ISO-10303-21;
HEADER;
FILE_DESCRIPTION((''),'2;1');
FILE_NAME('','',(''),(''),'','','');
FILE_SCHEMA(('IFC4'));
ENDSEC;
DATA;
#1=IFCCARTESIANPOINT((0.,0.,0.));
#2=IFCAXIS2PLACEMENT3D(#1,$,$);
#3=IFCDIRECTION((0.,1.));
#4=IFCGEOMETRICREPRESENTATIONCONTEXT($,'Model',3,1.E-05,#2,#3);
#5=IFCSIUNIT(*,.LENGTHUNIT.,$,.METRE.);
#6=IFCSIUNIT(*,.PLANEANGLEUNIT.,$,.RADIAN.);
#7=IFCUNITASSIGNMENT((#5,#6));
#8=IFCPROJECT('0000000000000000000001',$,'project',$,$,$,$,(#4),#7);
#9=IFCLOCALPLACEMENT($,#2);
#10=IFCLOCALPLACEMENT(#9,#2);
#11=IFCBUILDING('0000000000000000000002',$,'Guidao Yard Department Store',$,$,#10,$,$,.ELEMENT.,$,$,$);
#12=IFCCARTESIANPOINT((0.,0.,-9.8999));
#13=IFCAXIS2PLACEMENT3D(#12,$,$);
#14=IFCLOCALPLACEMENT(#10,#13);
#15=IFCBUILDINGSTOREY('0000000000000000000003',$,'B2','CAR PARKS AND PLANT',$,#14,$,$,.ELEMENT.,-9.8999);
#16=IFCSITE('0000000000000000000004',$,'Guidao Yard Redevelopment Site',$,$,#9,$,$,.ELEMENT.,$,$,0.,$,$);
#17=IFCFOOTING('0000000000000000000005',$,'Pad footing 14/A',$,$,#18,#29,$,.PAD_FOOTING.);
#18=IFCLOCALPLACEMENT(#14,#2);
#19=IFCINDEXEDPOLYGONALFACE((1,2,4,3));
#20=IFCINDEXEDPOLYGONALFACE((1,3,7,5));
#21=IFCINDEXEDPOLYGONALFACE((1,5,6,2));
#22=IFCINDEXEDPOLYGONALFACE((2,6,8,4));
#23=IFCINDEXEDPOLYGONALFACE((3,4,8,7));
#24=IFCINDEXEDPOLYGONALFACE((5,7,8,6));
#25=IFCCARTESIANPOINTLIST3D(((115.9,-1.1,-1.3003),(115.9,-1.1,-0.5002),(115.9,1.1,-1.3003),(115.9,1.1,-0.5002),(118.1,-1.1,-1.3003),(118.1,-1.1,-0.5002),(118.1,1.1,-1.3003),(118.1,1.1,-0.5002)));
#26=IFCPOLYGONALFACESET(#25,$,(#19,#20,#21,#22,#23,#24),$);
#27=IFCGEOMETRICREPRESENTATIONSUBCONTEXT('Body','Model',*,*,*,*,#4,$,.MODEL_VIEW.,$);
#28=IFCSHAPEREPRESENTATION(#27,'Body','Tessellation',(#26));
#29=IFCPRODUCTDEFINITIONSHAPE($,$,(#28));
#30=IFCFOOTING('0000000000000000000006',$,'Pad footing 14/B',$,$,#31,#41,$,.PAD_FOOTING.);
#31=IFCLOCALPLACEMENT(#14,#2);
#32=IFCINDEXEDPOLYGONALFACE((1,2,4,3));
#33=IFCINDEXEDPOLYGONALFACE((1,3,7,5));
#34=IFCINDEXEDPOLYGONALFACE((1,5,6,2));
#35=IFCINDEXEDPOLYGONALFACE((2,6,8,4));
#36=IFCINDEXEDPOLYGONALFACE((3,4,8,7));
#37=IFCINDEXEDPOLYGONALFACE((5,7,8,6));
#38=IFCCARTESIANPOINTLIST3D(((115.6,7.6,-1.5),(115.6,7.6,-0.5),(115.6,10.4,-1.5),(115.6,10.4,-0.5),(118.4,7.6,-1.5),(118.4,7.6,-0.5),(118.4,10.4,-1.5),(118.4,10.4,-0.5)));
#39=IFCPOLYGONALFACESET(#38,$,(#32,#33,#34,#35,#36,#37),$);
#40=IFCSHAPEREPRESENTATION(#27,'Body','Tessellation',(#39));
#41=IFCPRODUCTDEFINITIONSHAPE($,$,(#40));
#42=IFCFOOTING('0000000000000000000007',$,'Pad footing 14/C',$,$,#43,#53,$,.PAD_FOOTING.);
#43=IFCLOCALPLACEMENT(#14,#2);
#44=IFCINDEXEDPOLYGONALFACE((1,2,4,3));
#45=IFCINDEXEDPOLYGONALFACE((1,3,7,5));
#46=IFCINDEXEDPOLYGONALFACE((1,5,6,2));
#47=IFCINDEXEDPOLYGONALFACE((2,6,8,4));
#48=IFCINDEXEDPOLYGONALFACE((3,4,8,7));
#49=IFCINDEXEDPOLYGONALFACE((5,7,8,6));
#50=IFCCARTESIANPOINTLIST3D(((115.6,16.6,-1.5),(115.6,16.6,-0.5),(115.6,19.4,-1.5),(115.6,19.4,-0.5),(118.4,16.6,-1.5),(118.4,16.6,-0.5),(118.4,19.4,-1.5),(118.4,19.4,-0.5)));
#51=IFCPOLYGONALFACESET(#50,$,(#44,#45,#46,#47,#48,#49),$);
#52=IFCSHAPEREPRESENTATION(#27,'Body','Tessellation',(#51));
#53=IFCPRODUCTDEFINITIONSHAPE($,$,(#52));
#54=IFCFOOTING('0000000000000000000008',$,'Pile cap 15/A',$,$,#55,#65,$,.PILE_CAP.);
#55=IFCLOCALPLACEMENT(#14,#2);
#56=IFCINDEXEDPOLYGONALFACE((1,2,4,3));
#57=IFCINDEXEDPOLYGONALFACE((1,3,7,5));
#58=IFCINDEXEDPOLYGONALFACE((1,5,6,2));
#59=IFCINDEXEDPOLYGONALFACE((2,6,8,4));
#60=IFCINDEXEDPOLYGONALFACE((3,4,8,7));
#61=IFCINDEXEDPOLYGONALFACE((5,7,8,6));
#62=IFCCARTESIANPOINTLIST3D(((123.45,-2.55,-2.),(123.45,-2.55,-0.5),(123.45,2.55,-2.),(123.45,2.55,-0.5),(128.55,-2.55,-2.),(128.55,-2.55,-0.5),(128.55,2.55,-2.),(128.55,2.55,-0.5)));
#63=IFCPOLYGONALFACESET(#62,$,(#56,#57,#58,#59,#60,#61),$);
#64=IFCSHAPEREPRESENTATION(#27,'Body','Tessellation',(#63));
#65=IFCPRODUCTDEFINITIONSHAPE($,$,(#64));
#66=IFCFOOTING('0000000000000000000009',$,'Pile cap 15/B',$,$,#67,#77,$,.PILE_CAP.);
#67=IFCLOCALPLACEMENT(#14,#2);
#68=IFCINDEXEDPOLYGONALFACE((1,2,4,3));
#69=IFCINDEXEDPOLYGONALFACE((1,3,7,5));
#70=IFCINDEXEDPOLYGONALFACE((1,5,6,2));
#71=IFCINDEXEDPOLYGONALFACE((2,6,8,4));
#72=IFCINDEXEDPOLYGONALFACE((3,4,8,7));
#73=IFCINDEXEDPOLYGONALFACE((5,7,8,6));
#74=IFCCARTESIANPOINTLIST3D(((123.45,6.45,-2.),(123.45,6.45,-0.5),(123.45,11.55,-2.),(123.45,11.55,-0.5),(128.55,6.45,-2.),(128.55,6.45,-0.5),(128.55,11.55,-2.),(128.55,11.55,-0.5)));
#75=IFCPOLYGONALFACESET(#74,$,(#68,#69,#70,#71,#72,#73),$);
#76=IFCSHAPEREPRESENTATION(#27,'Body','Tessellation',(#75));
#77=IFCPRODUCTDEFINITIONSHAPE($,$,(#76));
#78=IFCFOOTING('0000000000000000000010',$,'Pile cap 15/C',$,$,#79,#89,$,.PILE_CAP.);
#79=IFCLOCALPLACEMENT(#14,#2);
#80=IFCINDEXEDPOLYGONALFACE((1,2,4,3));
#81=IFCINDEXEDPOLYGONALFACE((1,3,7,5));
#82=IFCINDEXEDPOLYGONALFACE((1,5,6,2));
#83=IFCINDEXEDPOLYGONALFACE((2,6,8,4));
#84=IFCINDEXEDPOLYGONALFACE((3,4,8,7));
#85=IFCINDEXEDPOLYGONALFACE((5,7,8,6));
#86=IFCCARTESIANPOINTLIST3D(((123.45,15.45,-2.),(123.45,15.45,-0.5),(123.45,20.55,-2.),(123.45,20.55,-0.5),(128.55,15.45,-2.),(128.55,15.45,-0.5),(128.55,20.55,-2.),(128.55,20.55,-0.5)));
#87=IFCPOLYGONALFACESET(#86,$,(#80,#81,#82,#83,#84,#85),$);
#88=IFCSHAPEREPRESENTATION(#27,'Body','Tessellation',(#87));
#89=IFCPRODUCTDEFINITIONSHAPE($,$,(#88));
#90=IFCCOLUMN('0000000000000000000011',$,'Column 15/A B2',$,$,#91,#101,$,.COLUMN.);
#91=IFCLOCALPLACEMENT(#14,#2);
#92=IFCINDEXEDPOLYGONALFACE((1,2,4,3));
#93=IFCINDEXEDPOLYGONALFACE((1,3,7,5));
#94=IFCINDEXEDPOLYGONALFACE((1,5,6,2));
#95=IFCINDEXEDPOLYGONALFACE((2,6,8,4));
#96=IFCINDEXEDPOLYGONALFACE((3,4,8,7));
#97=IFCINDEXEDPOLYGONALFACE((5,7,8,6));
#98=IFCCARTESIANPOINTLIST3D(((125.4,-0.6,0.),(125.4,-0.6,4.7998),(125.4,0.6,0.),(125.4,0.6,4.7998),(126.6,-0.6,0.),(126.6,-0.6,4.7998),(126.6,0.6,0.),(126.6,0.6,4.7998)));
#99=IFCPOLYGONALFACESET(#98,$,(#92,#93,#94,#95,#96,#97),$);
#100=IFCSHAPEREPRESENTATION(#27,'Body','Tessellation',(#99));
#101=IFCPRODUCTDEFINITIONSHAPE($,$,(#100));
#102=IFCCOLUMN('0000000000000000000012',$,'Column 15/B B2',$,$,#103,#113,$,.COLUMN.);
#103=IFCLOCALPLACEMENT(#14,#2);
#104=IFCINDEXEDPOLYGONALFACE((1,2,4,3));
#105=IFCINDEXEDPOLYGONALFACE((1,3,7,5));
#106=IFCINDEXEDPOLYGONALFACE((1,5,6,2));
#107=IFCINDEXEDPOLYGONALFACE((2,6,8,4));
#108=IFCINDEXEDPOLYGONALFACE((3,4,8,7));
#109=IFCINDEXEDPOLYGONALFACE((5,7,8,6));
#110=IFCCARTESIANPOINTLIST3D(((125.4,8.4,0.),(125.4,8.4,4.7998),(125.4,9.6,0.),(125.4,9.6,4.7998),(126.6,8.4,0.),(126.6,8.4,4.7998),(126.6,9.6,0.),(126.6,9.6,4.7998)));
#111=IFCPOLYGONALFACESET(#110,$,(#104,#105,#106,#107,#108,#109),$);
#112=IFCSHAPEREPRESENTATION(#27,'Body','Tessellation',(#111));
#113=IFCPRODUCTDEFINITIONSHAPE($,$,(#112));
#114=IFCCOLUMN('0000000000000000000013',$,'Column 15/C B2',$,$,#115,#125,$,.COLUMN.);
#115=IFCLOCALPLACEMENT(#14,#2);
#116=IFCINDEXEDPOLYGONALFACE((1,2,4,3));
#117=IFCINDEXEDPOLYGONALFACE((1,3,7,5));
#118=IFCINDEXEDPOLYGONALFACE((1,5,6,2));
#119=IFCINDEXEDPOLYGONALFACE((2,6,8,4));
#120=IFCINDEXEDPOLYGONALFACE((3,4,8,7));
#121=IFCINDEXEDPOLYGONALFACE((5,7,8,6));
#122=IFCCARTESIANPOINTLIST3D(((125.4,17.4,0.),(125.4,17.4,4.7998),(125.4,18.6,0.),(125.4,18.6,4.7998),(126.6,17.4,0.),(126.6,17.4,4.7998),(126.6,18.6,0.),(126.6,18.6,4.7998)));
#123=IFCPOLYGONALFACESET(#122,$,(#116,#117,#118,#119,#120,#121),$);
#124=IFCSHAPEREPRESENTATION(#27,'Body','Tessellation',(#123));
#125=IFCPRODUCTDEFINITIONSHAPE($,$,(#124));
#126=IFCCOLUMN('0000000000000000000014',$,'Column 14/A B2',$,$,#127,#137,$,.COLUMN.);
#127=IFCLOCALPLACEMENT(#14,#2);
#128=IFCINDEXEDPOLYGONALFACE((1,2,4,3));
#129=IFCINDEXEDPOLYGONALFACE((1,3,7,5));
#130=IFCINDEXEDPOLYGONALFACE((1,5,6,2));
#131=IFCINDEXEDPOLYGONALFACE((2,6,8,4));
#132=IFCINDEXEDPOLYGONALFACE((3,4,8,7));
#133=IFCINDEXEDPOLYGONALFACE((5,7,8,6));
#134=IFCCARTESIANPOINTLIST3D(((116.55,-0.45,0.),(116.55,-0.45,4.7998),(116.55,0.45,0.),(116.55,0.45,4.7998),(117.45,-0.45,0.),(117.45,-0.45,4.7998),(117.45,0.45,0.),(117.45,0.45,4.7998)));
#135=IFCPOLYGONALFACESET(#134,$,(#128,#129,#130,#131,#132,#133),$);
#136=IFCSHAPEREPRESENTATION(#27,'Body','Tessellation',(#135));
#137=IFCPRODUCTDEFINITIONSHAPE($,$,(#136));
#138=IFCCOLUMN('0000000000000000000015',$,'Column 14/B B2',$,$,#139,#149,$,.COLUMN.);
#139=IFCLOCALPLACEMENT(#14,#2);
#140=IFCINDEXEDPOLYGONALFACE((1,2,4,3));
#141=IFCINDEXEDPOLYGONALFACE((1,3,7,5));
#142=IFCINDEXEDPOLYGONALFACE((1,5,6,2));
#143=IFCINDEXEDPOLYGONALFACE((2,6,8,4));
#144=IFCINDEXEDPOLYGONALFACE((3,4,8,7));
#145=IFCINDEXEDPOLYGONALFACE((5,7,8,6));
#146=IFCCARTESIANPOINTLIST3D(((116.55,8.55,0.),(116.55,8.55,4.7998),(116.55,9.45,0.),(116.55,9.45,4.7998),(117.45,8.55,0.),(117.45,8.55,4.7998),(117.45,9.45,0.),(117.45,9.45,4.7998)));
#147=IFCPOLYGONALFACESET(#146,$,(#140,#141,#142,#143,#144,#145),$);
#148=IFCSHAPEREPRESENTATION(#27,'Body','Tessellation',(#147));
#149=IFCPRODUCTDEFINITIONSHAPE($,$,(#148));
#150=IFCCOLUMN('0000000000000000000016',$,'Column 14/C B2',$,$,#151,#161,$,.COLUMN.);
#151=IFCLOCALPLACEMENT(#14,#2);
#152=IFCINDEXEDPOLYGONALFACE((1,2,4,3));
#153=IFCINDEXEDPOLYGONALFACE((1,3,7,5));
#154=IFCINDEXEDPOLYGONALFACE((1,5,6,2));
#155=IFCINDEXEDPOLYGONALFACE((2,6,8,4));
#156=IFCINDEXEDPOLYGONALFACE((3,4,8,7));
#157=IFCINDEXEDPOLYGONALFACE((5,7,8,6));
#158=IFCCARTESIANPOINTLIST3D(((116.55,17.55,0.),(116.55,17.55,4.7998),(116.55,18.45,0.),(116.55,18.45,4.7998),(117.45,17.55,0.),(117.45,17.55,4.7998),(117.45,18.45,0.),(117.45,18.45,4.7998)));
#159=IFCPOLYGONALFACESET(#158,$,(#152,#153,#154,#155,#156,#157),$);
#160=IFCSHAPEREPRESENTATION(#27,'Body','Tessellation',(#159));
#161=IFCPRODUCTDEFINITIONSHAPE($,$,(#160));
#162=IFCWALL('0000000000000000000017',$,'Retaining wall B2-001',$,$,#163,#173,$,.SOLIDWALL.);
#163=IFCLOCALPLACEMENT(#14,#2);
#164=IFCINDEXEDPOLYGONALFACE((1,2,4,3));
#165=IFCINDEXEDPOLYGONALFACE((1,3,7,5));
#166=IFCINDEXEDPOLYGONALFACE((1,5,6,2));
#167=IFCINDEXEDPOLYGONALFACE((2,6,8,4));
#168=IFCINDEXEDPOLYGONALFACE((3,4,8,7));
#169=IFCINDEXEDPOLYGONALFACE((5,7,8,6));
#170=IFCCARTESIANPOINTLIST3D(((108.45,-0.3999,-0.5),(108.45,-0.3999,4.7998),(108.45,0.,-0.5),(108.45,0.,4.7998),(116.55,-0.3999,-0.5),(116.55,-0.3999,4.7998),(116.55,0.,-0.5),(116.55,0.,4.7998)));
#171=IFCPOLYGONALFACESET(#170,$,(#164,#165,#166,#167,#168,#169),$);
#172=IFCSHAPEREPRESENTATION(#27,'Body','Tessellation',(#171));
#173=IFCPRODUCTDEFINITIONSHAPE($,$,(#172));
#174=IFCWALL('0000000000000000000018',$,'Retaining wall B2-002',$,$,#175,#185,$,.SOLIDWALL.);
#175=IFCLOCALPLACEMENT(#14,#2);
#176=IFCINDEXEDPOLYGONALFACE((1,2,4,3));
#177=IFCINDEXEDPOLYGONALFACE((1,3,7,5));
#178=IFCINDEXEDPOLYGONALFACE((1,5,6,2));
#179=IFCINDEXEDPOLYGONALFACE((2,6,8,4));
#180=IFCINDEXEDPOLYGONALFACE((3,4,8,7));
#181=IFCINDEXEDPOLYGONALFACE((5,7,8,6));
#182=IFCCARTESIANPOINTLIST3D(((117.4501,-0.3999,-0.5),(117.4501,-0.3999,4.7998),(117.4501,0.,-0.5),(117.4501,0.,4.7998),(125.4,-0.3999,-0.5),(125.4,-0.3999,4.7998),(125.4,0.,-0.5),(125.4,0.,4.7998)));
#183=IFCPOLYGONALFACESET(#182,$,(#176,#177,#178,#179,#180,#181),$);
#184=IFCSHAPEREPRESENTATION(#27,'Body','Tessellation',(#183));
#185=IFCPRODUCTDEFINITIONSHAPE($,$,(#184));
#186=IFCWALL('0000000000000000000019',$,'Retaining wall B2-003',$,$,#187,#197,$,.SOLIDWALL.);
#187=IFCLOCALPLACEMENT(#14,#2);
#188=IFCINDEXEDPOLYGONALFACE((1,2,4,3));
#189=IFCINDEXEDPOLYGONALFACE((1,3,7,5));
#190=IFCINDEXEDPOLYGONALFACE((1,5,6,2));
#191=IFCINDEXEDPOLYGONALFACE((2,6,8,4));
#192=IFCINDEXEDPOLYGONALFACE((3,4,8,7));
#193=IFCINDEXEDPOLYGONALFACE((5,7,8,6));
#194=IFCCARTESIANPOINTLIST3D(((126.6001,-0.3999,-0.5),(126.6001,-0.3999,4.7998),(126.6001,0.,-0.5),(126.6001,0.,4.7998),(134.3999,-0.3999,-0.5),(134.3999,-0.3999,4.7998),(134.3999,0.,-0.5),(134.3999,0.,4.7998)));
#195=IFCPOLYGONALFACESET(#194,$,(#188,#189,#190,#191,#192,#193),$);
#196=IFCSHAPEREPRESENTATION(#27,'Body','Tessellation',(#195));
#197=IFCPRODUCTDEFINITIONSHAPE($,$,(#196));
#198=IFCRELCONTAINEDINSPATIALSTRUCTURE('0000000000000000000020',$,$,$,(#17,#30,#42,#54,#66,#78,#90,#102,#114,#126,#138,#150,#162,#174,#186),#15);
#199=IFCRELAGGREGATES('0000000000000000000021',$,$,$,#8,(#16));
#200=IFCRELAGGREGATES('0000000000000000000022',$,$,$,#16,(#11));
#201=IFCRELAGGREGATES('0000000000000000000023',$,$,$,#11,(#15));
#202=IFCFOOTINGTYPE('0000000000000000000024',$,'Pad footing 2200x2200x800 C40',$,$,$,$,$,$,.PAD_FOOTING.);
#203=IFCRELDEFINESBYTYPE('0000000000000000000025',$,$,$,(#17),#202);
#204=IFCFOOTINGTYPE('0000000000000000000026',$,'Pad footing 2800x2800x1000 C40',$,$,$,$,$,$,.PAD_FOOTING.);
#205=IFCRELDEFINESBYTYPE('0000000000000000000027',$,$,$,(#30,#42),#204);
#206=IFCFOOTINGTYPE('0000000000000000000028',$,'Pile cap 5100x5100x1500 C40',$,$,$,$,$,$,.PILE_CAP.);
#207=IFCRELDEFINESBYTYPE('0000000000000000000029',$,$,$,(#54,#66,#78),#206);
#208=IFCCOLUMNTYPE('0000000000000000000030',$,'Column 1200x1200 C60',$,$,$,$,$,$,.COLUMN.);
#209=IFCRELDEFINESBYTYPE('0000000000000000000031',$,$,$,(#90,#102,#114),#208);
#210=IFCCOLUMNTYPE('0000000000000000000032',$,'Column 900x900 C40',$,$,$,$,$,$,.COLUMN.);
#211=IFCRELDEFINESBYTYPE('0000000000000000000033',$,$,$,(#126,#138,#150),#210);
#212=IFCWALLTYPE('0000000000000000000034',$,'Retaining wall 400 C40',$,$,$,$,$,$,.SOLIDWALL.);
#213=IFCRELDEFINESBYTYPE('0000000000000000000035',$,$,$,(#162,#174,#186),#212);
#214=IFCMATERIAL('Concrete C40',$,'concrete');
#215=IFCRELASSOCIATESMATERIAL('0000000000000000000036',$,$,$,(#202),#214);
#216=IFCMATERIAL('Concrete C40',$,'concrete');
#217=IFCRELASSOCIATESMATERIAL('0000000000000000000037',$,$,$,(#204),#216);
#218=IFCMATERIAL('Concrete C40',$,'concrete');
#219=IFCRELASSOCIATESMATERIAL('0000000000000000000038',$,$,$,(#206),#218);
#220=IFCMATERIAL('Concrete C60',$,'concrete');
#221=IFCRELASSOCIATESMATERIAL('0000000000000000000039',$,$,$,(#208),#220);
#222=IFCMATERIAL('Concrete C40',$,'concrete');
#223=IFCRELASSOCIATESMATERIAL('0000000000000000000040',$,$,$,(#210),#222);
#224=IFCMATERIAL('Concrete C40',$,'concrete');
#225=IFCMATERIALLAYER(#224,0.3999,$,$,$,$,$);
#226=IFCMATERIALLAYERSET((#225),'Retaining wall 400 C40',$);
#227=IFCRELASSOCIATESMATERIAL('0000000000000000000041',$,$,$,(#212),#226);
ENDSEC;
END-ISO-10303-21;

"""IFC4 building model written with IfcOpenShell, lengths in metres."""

from ifc_helpers import new_model, si_unit, direction, frame, frame_2d, origin, origin_2d, place, context, subcontext, project, spatial, rectangle, extrude, material, layer, layer_set, material_profile, profile_set, type_object, element, save


model = new_model("IFC4")

# Units and contexts
model_context = context("Model", 3, precision=1e-05, world=origin(), true_north=direction((0.0, 1.0)))
body_context = subcontext(model_context, "Body", "Model", "MODEL_VIEW")
ifc_project = project(units=[si_unit("LENGTHUNIT", "METRE"), si_unit("PLANEANGLEUNIT", "RADIAN")], contexts=[model_context])

# Site, building, storey
site_placement = place(None, origin())
site = spatial("IfcSite", under=ifc_project, at=site_placement, Name="Guidao Yard Redevelopment Site", CompositionType="ELEMENT", RefElevation=0.0)
building_placement = place(site_placement, origin())
building = spatial("IfcBuilding", under=site, at=building_placement, Name="Guidao Yard Department Store", CompositionType="ELEMENT")
storey_placement = place(building_placement, frame((0.0, 0.0, -9.8999)))
storey = spatial("IfcBuildingStorey", under=building, at=storey_placement, Name="B2", Description="CAR PARKS AND PLANT", CompositionType="ELEMENT", Elevation=-9.8999)

# Footings
ifc_material_1 = material(Name="Concrete C40", Category="concrete")
footing_type_1 = type_object("IfcFootingType", Name="Pad footing 2200x2200x800 C40", PredefinedType="PAD_FOOTING", material=ifc_material_1)
footing_placement = place(storey_placement, frame((117.0, 0.0, -1.3003), z_axis=(0.0, 0.0, 1.0), x_axis=(1.0, 0.0, 0.0)))
element("IfcFooting", 1, at=footing_placement, inside=storey, type_object=footing_type_1, Name="Pad footing 14/A", PredefinedType="PAD_FOOTING", context=body_context, shape_type="SweptSolid", body=[
    extrude(rectangle(XDim=2.2, YDim=2.2, at=origin_2d()), origin(), (0.0, 0.0, 1.0), 0.8),
])
ifc_material_2 = material(Name="Concrete C40", Category="concrete")
footing_type_2 = type_object("IfcFootingType", Name="Pad footing 2800x2800x1000 C40", PredefinedType="PAD_FOOTING", material=ifc_material_2)
for number, where, z_axis, x_axis, name in (
    (2, (117.0, 9.0, -1.5), (0.0, 0.0, 1.0), (1.0, 0.0, 0.0), "Pad footing 14/B"),
    (3, (117.0, 18.0, -1.5), (0.0, 0.0, 1.0), (1.0, 0.0, 0.0), "Pad footing 14/C"),
):
    element("IfcFooting", number, at=place(storey_placement, frame(where, z_axis=z_axis, x_axis=x_axis)), inside=storey, type_object=footing_type_2, Name=name, PredefinedType="PAD_FOOTING", context=body_context, shape_type="SweptSolid", body=[
        extrude(rectangle(XDim=2.8, YDim=2.8, at=origin_2d()), origin(), (0.0, 0.0, 1.0), 1.0),
    ])
ifc_material_3 = material(Name="Concrete C40", Category="concrete")
footing_type_3 = type_object("IfcFootingType", Name="Pile cap 5100x5100x1500 C40", PredefinedType="PILE_CAP", material=ifc_material_3)
for number, where, z_axis, x_axis, name in (
    (4, (126.0, 0.0, -2.0), (0.0, 0.0, 1.0), (1.0, 0.0, 0.0), "Pile cap 15/A"),
    (5, (126.0, 9.0, -2.0), (0.0, 0.0, 1.0), (1.0, 0.0, 0.0), "Pile cap 15/B"),
    (6, (126.0, 18.0, -2.0), (0.0, 0.0, 1.0), (1.0, 0.0, 0.0), "Pile cap 15/C"),
):
    element("IfcFooting", number, at=place(storey_placement, frame(where, z_axis=z_axis, x_axis=x_axis)), inside=storey, type_object=footing_type_3, Name=name, PredefinedType="PILE_CAP", context=body_context, shape_type="SweptSolid", body=[
        extrude(rectangle(XDim=5.1001, YDim=5.1001, at=origin_2d()), origin(), (0.0, 0.0, 1.0), 1.5),
    ])

# Columns
ifc_material_4 = material(Name="Concrete C60", Category="concrete")
ifc_material_profile_1 = material_profile(ifc_material_4, rectangle(XDim=1.2, YDim=1.2, at=origin_2d()), Name="COL 1200x1200")
ifc_profile_set_1 = profile_set([ifc_material_profile_1], Name="Concrete C60")
column_type_1 = type_object("IfcColumnType", Name="Column 1200x1200 C60", PredefinedType="COLUMN", material=ifc_profile_set_1)
for number, where, z_axis, x_axis, name in (
    (7, (126.0, 0.0, 0.0), (0.0, 0.0, 1.0), (1.0, 0.0, 0.0), "Column 15/A B2"),
    (8, (126.0, 9.0, 0.0), (0.0, 0.0, 1.0), (1.0, 0.0, 0.0), "Column 15/B B2"),
    (9, (126.0, 18.0, 0.0), (0.0, 0.0, 1.0), (1.0, 0.0, 0.0), "Column 15/C B2"),
):
    element("IfcColumn", number, at=place(storey_placement, frame(where, z_axis=z_axis, x_axis=x_axis)), inside=storey, type_object=column_type_1, Name=name, PredefinedType="COLUMN", context=body_context, shape_type="SweptSolid", body=[
        extrude(rectangle(XDim=1.2, YDim=1.2, at=origin_2d()), origin(), (0.0, 0.0, 1.0), 4.7998),
    ])
ifc_material_5 = material(Name="Concrete C40", Category="concrete")
ifc_material_profile_2 = material_profile(ifc_material_5, rectangle(XDim=0.8999, YDim=0.8999, at=origin_2d()), Name="COL 900x900")
ifc_profile_set_2 = profile_set([ifc_material_profile_2], Name="Concrete C40")
column_type_2 = type_object("IfcColumnType", Name="Column 900x900 C40", PredefinedType="COLUMN", material=ifc_profile_set_2)
for number, where, z_axis, x_axis, name in (
    (10, (117.0, 0.0, 0.0), (0.0, 0.0, 1.0), (1.0, 0.0, 0.0), "Column 14/A B2"),
    (11, (117.0, 9.0, 0.0), (0.0, 0.0, 1.0), (1.0, 0.0, 0.0), "Column 14/B B2"),
    (12, (117.0, 18.0, 0.0), (0.0, 0.0, 1.0), (1.0, 0.0, 0.0), "Column 14/C B2"),
):
    element("IfcColumn", number, at=place(storey_placement, frame(where, z_axis=z_axis, x_axis=x_axis)), inside=storey, type_object=column_type_2, Name=name, PredefinedType="COLUMN", context=body_context, shape_type="SweptSolid", body=[
        extrude(rectangle(XDim=0.8999, YDim=0.8999, at=origin_2d()), origin(), (0.0, 0.0, 1.0), 4.7998),
    ])

# Walls
ifc_material_6 = material(Name="Concrete C40", Category="concrete")
ifc_layer_1 = layer(ifc_material_6, 0.3999)
ifc_layer_set_1 = layer_set([ifc_layer_1], Name="Retaining wall 400 C40")
wall_type_1 = type_object("IfcWallType", Name="Retaining wall 400 C40", PredefinedType="SOLIDWALL", material=ifc_layer_set_1)
wall_1_placement = place(storey_placement, frame((108.45, -0.2, -0.5), z_axis=(0.0, 0.0, 1.0), x_axis=(1.0, 0.0, 0.0)))
element("IfcWall", 13, at=wall_1_placement, inside=storey, type_object=wall_type_1, Name="Retaining wall B2-001", PredefinedType="SOLIDWALL", context=body_context, shape_type="SweptSolid", body=[
    extrude(rectangle(XDim=8.1001, YDim=0.3999, at=frame_2d((4.05, 0.0))), origin(), (0.0, 0.0, 1.0), 5.2998),
])
wall_2_placement = place(storey_placement, frame((117.45, -0.2, -0.5), z_axis=(0.0, 0.0, 1.0), x_axis=(1.0, 0.0, 0.0)))
element("IfcWall", 14, at=wall_2_placement, inside=storey, type_object=wall_type_1, Name="Retaining wall B2-002", PredefinedType="SOLIDWALL", context=body_context, shape_type="SweptSolid", body=[
    extrude(rectangle(XDim=7.95, YDim=0.3999, at=frame_2d((3.9751, 0.0))), origin(), (0.0, 0.0, 1.0), 5.2998),
])
wall_3_placement = place(storey_placement, frame((126.6001, -0.2, -0.5), z_axis=(0.0, 0.0, 1.0), x_axis=(1.0, 0.0, 0.0)))
element("IfcWall", 15, at=wall_3_placement, inside=storey, type_object=wall_type_1, Name="Retaining wall B2-003", PredefinedType="SOLIDWALL", context=body_context, shape_type="SweptSolid", body=[
    extrude(rectangle(XDim=7.7998, YDim=0.3999, at=frame_2d((3.8999, 0.0))), origin(), (0.0, 0.0, 1.0), 5.2998),
])

save(model, "model.ifc")
